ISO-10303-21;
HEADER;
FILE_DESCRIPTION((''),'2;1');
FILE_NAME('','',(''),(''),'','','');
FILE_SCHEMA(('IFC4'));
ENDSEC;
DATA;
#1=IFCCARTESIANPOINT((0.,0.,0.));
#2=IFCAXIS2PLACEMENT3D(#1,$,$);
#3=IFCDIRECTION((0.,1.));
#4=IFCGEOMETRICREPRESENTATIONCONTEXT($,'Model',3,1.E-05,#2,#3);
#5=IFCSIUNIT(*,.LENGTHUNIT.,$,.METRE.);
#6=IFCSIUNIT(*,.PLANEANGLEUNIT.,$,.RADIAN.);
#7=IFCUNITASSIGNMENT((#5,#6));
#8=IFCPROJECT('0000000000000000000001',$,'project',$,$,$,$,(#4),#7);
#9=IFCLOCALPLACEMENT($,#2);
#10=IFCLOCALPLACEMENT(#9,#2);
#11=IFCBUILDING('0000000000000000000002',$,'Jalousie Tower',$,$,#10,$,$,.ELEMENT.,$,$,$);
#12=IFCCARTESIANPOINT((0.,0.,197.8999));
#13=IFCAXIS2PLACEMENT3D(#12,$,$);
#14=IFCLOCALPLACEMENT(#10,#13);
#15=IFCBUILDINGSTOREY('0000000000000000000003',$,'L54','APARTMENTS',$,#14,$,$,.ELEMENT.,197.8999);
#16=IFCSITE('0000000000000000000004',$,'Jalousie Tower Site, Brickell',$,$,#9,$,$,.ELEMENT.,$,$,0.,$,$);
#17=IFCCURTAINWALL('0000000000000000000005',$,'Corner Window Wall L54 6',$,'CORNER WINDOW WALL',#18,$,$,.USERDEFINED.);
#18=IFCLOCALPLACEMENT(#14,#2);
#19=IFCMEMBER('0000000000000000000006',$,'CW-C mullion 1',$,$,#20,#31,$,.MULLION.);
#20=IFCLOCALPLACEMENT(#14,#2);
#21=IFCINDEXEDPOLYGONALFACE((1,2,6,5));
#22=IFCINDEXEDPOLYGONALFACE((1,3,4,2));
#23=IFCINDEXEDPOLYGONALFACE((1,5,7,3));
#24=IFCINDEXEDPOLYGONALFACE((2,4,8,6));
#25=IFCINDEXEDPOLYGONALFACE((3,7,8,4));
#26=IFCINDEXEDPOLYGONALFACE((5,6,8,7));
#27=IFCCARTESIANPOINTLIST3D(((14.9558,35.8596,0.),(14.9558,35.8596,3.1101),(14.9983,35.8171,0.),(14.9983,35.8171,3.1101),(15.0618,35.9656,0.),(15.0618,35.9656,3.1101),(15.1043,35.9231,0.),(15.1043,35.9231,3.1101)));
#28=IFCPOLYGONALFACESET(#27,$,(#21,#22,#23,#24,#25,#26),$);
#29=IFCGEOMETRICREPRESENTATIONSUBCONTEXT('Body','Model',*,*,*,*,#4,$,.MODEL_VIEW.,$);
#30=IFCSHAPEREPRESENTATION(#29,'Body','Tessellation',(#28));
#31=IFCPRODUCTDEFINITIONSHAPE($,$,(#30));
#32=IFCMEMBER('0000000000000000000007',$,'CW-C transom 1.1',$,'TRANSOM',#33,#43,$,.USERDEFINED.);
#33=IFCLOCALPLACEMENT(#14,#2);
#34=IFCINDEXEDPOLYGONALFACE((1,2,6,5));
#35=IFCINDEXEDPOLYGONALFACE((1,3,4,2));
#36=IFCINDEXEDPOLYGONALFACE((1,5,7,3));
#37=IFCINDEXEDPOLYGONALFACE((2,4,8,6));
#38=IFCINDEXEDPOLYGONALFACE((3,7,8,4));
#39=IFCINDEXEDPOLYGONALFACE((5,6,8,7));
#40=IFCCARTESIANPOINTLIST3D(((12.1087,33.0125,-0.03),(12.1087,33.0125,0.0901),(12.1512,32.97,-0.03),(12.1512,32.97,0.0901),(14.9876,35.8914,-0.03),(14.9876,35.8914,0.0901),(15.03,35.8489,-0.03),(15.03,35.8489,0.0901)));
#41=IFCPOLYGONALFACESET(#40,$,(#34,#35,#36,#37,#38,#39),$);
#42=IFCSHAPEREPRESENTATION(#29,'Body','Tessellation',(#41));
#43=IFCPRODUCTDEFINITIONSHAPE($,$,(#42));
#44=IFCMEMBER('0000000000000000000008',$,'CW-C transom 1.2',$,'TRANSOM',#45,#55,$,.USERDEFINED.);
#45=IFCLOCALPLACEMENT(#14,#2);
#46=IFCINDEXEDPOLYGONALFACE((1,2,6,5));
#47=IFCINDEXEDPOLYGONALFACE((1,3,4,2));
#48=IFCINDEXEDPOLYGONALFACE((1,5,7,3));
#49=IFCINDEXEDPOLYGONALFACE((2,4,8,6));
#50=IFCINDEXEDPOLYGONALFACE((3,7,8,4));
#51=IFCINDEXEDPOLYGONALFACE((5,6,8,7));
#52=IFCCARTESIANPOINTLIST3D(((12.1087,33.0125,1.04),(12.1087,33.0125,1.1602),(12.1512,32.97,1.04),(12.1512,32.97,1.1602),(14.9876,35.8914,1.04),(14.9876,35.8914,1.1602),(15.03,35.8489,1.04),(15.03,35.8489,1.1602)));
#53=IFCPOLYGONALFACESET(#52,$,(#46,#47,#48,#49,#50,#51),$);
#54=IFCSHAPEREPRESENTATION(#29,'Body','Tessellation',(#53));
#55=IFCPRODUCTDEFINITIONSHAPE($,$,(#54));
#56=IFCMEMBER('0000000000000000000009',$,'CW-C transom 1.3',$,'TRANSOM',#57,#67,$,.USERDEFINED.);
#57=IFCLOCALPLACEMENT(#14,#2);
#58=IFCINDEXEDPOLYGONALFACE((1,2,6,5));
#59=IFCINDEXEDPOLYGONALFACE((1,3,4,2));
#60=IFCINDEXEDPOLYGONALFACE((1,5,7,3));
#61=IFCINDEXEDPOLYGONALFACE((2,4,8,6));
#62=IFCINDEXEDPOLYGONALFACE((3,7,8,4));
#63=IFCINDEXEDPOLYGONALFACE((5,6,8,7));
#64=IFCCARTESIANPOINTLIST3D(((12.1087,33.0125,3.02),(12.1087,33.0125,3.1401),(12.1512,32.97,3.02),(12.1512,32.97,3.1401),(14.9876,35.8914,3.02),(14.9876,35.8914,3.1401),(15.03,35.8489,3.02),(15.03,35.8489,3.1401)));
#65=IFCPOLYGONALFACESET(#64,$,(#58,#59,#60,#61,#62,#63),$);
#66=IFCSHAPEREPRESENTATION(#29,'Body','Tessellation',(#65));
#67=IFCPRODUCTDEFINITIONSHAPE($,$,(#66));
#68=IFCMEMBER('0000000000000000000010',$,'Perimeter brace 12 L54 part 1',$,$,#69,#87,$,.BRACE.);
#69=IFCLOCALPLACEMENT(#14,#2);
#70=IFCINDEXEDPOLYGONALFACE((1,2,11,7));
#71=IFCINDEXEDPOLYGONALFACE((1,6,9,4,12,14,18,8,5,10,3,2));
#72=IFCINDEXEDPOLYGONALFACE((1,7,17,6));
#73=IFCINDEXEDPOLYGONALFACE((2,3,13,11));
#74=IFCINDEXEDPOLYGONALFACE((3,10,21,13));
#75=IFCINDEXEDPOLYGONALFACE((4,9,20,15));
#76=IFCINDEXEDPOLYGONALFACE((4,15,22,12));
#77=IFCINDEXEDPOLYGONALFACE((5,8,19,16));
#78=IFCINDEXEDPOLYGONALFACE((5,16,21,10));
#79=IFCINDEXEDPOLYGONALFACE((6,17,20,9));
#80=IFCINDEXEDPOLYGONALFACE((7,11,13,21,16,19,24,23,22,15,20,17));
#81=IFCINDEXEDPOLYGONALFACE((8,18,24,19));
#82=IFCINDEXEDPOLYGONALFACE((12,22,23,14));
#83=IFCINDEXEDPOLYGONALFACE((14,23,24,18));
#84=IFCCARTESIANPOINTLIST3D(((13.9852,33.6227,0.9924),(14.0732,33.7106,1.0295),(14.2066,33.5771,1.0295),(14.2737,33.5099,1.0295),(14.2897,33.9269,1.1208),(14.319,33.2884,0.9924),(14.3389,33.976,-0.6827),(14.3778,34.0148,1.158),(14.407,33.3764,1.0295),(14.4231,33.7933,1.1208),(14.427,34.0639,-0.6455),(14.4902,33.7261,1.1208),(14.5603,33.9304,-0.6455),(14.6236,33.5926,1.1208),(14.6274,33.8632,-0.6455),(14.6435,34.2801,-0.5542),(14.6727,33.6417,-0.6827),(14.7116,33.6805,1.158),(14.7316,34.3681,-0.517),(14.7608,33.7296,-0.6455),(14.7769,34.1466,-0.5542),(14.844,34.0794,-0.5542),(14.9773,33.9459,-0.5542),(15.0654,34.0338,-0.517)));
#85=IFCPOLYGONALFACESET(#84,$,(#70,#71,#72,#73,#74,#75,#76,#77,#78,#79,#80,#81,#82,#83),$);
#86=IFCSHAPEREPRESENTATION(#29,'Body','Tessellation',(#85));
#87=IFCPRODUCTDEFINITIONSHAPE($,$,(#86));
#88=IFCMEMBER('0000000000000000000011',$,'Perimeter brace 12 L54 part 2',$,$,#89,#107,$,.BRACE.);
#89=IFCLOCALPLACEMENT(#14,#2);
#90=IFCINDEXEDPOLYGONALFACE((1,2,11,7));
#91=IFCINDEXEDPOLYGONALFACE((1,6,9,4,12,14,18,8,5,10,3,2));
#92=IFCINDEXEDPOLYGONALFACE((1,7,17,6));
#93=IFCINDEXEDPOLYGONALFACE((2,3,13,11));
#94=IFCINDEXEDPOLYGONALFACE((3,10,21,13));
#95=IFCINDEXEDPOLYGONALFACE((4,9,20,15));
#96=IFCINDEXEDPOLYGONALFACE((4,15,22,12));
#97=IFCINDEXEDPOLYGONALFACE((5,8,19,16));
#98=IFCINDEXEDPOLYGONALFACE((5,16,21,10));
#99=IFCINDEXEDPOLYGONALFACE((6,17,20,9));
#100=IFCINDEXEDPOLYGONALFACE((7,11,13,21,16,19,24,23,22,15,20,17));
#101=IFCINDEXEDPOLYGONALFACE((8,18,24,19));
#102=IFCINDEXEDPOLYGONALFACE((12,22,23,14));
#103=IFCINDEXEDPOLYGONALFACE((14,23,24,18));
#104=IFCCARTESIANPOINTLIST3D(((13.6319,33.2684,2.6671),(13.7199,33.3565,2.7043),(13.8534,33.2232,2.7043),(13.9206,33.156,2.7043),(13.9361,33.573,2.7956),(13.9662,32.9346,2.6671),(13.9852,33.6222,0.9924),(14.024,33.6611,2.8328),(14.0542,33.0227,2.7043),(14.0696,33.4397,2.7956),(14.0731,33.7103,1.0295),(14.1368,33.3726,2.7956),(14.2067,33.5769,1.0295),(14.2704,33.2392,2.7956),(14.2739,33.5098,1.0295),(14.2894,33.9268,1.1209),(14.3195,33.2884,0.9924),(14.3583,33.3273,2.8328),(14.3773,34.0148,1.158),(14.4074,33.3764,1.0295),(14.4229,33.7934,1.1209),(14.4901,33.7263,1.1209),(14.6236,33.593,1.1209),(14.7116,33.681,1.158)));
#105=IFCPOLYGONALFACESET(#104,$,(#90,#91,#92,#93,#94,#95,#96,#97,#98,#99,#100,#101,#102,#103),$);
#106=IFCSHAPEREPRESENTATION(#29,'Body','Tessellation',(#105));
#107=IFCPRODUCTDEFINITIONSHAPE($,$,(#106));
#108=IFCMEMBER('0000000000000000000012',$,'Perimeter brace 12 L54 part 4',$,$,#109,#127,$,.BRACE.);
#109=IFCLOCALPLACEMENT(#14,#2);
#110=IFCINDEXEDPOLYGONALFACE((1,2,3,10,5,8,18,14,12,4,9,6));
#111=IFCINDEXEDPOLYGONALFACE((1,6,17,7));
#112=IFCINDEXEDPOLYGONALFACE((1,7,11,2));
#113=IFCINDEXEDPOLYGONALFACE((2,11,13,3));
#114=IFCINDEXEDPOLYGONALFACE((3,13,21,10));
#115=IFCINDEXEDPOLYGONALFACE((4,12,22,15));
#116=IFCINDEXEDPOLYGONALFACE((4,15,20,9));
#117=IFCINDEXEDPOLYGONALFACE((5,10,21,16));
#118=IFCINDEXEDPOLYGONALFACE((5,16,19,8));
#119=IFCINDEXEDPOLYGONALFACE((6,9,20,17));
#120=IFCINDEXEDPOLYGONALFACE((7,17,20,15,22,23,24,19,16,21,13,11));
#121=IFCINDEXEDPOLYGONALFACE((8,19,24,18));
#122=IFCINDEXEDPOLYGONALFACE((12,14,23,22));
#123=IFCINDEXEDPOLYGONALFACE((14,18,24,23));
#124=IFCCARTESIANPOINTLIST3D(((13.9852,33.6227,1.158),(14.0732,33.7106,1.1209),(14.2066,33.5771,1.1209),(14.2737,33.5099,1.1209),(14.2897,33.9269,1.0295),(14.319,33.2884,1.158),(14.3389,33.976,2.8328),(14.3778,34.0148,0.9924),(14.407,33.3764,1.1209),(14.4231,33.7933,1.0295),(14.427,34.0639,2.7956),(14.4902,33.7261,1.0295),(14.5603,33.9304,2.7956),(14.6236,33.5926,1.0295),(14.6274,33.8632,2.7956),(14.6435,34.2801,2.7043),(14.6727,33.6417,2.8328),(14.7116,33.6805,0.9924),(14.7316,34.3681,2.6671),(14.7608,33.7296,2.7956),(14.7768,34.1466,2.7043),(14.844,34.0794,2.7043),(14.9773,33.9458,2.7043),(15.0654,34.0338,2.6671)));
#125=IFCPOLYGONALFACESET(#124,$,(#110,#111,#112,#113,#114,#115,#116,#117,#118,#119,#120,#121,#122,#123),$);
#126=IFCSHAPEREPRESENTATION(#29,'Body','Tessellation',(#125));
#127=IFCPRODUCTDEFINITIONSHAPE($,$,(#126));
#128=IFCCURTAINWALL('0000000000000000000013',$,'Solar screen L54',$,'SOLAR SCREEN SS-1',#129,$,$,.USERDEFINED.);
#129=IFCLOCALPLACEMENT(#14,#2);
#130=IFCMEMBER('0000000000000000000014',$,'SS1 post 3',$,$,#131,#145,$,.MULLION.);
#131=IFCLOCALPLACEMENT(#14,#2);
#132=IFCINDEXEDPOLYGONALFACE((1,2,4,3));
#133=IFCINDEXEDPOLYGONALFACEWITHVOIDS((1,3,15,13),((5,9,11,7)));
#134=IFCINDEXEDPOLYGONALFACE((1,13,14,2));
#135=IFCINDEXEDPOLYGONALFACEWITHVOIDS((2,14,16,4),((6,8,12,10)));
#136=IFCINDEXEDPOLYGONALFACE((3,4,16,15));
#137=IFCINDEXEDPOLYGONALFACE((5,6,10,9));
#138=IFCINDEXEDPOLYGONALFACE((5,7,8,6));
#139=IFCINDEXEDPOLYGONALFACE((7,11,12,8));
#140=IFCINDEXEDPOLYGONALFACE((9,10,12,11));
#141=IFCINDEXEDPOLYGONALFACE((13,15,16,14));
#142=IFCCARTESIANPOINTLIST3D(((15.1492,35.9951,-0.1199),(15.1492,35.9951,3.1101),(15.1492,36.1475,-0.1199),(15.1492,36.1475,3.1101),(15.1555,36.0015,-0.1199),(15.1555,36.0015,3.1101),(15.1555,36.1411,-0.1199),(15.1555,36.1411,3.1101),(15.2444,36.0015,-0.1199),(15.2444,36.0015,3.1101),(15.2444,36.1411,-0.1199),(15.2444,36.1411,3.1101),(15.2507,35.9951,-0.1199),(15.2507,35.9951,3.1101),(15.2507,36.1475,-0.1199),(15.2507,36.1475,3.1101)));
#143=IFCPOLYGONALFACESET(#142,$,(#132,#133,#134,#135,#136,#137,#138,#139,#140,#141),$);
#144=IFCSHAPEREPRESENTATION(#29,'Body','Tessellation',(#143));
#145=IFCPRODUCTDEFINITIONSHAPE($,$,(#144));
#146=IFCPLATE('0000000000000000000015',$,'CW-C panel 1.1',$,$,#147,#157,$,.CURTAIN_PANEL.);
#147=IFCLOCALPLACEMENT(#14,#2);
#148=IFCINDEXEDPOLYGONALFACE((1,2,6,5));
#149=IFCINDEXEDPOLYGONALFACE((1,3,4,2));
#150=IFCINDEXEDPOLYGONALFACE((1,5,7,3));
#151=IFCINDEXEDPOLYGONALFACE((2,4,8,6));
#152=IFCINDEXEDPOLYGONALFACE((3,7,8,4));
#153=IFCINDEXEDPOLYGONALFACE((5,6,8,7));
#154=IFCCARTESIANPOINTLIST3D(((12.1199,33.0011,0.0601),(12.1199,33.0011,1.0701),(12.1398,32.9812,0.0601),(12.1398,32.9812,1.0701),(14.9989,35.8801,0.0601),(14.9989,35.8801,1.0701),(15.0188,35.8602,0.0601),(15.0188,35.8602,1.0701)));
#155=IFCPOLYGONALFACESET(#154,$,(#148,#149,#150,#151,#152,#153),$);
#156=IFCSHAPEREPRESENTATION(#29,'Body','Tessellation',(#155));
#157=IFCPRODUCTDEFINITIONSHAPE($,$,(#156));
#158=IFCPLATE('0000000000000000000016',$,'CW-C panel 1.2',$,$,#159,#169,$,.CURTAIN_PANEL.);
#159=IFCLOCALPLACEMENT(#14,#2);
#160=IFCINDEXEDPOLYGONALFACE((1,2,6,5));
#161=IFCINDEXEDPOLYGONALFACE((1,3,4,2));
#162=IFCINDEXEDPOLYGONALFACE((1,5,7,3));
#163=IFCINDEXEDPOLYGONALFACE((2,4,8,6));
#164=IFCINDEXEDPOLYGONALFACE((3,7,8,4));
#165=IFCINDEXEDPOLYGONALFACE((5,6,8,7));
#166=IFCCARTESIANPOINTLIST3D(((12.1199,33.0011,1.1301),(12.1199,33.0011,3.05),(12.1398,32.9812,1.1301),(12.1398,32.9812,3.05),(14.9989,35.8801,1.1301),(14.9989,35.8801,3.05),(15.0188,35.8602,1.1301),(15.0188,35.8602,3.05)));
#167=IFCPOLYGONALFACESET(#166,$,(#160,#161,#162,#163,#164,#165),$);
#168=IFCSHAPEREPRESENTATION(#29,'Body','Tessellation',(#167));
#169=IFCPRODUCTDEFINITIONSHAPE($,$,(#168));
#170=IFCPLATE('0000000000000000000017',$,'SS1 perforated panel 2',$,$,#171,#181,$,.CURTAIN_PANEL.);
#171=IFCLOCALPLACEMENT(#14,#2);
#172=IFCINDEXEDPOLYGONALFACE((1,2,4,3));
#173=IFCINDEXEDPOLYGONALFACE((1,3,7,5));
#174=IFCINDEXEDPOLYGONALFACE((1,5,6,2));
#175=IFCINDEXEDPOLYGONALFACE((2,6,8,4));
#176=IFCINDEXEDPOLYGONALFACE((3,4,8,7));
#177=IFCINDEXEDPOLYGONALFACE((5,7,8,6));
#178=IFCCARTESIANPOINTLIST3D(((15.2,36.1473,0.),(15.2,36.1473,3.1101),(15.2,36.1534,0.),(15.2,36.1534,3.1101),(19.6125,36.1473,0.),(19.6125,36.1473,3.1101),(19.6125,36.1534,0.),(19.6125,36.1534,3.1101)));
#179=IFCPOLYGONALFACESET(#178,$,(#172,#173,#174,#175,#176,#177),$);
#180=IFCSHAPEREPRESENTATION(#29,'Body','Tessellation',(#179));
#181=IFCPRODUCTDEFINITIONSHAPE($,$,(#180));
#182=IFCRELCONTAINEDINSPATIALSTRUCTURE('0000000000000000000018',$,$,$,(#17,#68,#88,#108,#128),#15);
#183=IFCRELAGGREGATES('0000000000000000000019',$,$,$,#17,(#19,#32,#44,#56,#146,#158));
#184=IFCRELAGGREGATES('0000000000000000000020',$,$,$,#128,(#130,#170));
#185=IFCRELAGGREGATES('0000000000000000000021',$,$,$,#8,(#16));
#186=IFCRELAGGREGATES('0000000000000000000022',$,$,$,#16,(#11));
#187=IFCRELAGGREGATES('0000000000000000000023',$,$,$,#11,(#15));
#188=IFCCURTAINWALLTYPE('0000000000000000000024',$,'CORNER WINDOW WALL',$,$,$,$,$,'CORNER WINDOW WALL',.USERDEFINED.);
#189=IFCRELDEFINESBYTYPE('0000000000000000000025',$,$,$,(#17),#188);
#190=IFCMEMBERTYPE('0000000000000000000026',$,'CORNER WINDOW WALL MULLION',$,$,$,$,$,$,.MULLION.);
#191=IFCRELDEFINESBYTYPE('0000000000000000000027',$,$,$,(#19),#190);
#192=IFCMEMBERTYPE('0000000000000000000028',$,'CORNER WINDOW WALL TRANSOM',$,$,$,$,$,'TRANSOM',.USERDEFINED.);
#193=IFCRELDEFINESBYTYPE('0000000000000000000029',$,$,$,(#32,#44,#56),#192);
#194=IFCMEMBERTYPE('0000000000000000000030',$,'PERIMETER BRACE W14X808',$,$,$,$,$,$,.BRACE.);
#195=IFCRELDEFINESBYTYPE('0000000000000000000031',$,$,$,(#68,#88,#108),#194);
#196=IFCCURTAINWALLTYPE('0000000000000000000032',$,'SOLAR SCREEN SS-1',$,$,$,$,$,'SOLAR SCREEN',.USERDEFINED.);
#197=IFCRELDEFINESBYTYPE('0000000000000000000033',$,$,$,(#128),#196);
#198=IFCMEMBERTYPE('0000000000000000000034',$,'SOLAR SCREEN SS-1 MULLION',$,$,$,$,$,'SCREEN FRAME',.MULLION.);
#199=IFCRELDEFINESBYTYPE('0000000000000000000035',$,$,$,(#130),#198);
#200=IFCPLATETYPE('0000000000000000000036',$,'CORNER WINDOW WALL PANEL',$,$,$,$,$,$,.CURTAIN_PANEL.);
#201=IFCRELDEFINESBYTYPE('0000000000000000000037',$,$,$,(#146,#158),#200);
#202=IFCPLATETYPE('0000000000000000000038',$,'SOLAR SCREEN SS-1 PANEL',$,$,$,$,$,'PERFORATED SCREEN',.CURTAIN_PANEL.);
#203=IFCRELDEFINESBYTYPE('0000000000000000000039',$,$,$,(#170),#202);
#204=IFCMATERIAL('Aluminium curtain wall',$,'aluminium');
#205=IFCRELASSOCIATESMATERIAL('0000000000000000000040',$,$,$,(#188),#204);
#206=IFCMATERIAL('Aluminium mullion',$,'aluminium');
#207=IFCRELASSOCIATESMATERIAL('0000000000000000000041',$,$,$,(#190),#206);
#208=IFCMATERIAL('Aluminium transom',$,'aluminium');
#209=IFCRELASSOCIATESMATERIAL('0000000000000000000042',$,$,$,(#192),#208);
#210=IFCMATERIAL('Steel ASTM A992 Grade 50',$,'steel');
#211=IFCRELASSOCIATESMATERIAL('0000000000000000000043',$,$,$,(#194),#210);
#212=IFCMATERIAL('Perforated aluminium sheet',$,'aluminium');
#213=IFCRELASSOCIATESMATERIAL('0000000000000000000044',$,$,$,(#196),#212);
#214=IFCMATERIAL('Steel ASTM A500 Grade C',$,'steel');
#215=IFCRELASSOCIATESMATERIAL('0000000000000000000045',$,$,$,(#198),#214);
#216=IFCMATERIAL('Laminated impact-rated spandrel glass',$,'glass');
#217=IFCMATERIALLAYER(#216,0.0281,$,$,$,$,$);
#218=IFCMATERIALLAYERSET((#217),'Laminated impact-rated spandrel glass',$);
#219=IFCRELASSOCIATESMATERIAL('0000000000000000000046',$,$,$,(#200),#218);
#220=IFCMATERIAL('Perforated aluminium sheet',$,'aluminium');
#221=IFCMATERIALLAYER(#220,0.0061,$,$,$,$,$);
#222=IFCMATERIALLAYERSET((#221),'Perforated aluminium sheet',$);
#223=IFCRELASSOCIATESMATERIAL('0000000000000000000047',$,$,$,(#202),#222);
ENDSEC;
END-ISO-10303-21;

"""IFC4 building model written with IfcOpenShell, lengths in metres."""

from ifc_helpers import new_model, si_unit, direction, frame, origin, origin_2d, place, context, subcontext, project, spatial, rectangle, hollow_rectangle, i_section, extrude, material, layer, layer_set, material_profile, profile_set, type_object, element, aggregate, save


model = new_model("IFC4")

# Units and contexts
model_context = context("Model", 3, precision=1e-05, world=origin(), true_north=direction((0.0, 1.0)))
body_context = subcontext(model_context, "Body", "Model", "MODEL_VIEW")
ifc_project = project(units=[si_unit("LENGTHUNIT", "METRE"), si_unit("PLANEANGLEUNIT", "RADIAN")], contexts=[model_context])

# Site, building, storey
site_placement = place(None, origin())
site = spatial("IfcSite", under=ifc_project, at=site_placement, Name="Jalousie Tower Site, Brickell", CompositionType="ELEMENT", RefElevation=0.0)
building_placement = place(site_placement, origin())
building = spatial("IfcBuilding", under=site, at=building_placement, Name="Jalousie Tower", CompositionType="ELEMENT")
storey_placement = place(building_placement, frame((0.0, 0.0, 197.8999)))
storey = spatial("IfcBuildingStorey", under=building, at=storey_placement, Name="L54", Description="APARTMENTS", CompositionType="ELEMENT", Elevation=197.8999)

# Curtain wall, members
ifc_material_1 = material(Name="Aluminium curtain wall", Category="aluminium")
curtain_wall_type_1 = type_object("IfcCurtainWallType", Name="CORNER WINDOW WALL", ElementType="CORNER WINDOW WALL", PredefinedType="USERDEFINED", material=ifc_material_1)
curtain_wall_1_placement = place(storey_placement, origin())
curtain_wall_1 = element("IfcCurtainWall", 1, at=curtain_wall_1_placement, inside=storey, type_object=curtain_wall_type_1, Name="Corner Window Wall L54 6", ObjectType="CORNER WINDOW WALL", PredefinedType="USERDEFINED")
ifc_material_2 = material(Name="Aluminium mullion", Category="aluminium")
ifc_material_profile_1 = material_profile(ifc_material_2, rectangle(XDim=0.0601, YDim=0.1499, at=origin_2d()), Name="MULLION 60x150")
ifc_profile_set_1 = profile_set([ifc_material_profile_1], Name="Aluminium mullion")
member_type_1 = type_object("IfcMemberType", Name="CORNER WINDOW WALL MULLION", PredefinedType="MULLION", material=ifc_profile_set_1)
member_1_placement = place(storey_placement, frame((15.03, 35.8914, 0.0), z_axis=(0.0, 0.0, 1.0), x_axis=(0.707107, -0.707107, 0.0)))
member_1 = element("IfcMember", 2, at=member_1_placement, type_object=member_type_1, Name="CW-C mullion 1", PredefinedType="MULLION", context=body_context, shape_type="SweptSolid", body=[
    extrude(rectangle(XDim=0.0601, YDim=0.1499, at=origin_2d()), origin(), (0.0, 0.0, 1.0), 3.1101),
])
ifc_material_3 = material(Name="Aluminium transom", Category="aluminium")
ifc_material_profile_2 = material_profile(ifc_material_3, rectangle(XDim=0.0601, YDim=0.1201, at=origin_2d()), Name="TRANSOM 60x120")
ifc_profile_set_2 = profile_set([ifc_material_profile_2], Name="Aluminium transom")
member_type_2 = type_object("IfcMemberType", Name="CORNER WINDOW WALL TRANSOM", ElementType="TRANSOM", PredefinedType="USERDEFINED", material=ifc_profile_set_2)
member_2_placement = place(storey_placement, frame((15.0088, 35.8701, 0.03), z_axis=(-0.707107, -0.707107, 0.0), x_axis=(0.707107, -0.707107, 0.0)))
member_2 = element("IfcMember", 3, at=member_2_placement, type_object=member_type_2, Name="CW-C transom 1.1", ObjectType="TRANSOM", PredefinedType="USERDEFINED", context=body_context, shape_type="SweptSolid", body=[
    extrude(rectangle(XDim=0.0601, YDim=0.1201, at=origin_2d()), origin(), (0.0, 0.0, 1.0), 4.0713),
])
member_3_placement = place(storey_placement, frame((15.0088, 35.8701, 1.1001), z_axis=(-0.707107, -0.707107, 0.0), x_axis=(0.707107, -0.707107, 0.0)))
member_3 = element("IfcMember", 4, at=member_3_placement, type_object=member_type_2, Name="CW-C transom 1.2", ObjectType="TRANSOM", PredefinedType="USERDEFINED", context=body_context, shape_type="SweptSolid", body=[
    extrude(rectangle(XDim=0.0601, YDim=0.1201, at=origin_2d()), origin(), (0.0, 0.0, 1.0), 4.0713),
])
member_4_placement = place(storey_placement, frame((15.0088, 35.8701, 3.0801), z_axis=(-0.707107, -0.707107, 0.0), x_axis=(0.707107, -0.707107, 0.0)))
member_4 = element("IfcMember", 5, at=member_4_placement, type_object=member_type_2, Name="CW-C transom 1.3", ObjectType="TRANSOM", PredefinedType="USERDEFINED", context=body_context, shape_type="SweptSolid", body=[
    extrude(rectangle(XDim=0.0601, YDim=0.1201, at=origin_2d()), origin(), (0.0, 0.0, 1.0), 4.0713),
])

# Members
ifc_material_4 = material(Name="Steel ASTM A992 Grade 50", Category="steel")
ifc_material_profile_3 = material_profile(ifc_material_4, i_section(OverallWidth=0.4724, OverallDepth=0.5791, WebThickness=0.095, FlangeThickness=0.1299, at=origin_2d()), Name="W14X808")
ifc_profile_set_3 = profile_set([ifc_material_profile_3], Name="Steel ASTM A992 Grade 50")
member_type_3 = type_object("IfcMemberType", Name="PERIMETER BRACE W14X808", PredefinedType="BRACE", material=ifc_profile_set_3)
member_5_placement = place(storey_placement, frame((14.7021, 34.0049, -0.5999), z_axis=(-0.202372, -0.202093, 0.95823), x_axis=(0.706618, -0.707595, 0.0)))
element("IfcMember", 6, at=member_5_placement, inside=storey, type_object=member_type_3, Name="Perimeter brace 12 L54 part 1", PredefinedType="BRACE", context=body_context, shape_type="SweptSolid", body=[
    extrude(i_section(OverallWidth=0.4724, OverallDepth=0.5791, WebThickness=0.095, FlangeThickness=0.1299, at=origin_2d()), origin(), (0.0, 0.0, 1.0), 1.748),
])
for number, where, z_axis, x_axis, name in (
    (7, (14.3484, 33.6516, 1.0752), (-0.20212, -0.202399, 0.958218), (0.707595, -0.706618, 0.0), "Perimeter brace 12 L54 part 2"),
    (8, (14.3484, 33.6516, 1.0752), (0.202399, 0.20212, 0.958218), (-0.706618, 0.707595, 0.0), "Perimeter brace 12 L54 part 4"),
):
    element("IfcMember", number, at=place(storey_placement, frame(where, z_axis=z_axis, x_axis=x_axis)), inside=storey, type_object=member_type_3, Name=name, PredefinedType="BRACE", context=body_context, shape_type="SweptSolid", body=[
        extrude(i_section(OverallWidth=0.4724, OverallDepth=0.5791, WebThickness=0.095, FlangeThickness=0.1299, at=origin_2d()), origin(), (0.0, 0.0, 1.0), 1.7478),
    ])

# Curtain wall, member
ifc_material_5 = material(Name="Perforated aluminium sheet", Category="aluminium")
curtain_wall_type_2 = type_object("IfcCurtainWallType", Name="SOLAR SCREEN SS-1", ElementType="SOLAR SCREEN", PredefinedType="USERDEFINED", material=ifc_material_5)
curtain_wall_2_placement = place(storey_placement, origin())
curtain_wall_2 = element("IfcCurtainWall", 9, at=curtain_wall_2_placement, inside=storey, type_object=curtain_wall_type_2, Name="Solar screen L54", ObjectType="SOLAR SCREEN SS-1", PredefinedType="USERDEFINED")
ifc_material_6 = material(Name="Steel ASTM A500 Grade C", Category="steel")
ifc_material_profile_4 = material_profile(ifc_material_6, hollow_rectangle(XDim=0.1016, YDim=0.1523, WallThickness=0.0063, at=origin_2d()), Name="HSS6X4X1/4")
ifc_profile_set_4 = profile_set([ifc_material_profile_4], Name="Steel ASTM A500 Grade C")
member_type_4 = type_object("IfcMemberType", Name="SOLAR SCREEN SS-1 MULLION", ElementType="SCREEN FRAME", PredefinedType="MULLION", material=ifc_profile_set_4)
member_6_placement = place(storey_placement, frame((15.2, 36.0713, -0.1199), z_axis=(0.0, 0.0, 1.0), x_axis=(-1.0, 0.0, 0.0)))
member_6 = element("IfcMember", 10, at=member_6_placement, type_object=member_type_4, Name="SS1 post 3", PredefinedType="MULLION", context=body_context, shape_type="SweptSolid", body=[
    extrude(hollow_rectangle(XDim=0.1016, YDim=0.1523, WallThickness=0.0063, at=origin_2d()), origin(), (0.0, 0.0, 1.0), 3.23),
])

# Plates
ifc_material_7 = material(Name="Laminated impact-rated spandrel glass", Category="glass")
ifc_layer_1 = layer(ifc_material_7, 0.0281)
ifc_layer_set_1 = layer_set([ifc_layer_1], Name="Laminated impact-rated spandrel glass")
plate_type_1 = type_object("IfcPlateType", Name="CORNER WINDOW WALL PANEL", PredefinedType="CURTAIN_PANEL", material=ifc_layer_set_1)
plate_1_placement = place(storey_placement, frame((13.5693, 34.4307, 0.0601), z_axis=(0.0, 0.0, 1.0), x_axis=(-0.707107, -0.707107, 0.0)))
plate_1 = element("IfcPlate", 11, at=plate_1_placement, type_object=plate_type_1, Name="CW-C panel 1.1", PredefinedType="CURTAIN_PANEL", context=body_context, shape_type="SweptSolid", body=[
    extrude(rectangle(XDim=4.0715, YDim=0.0281, at=origin_2d()), origin(), (0.0, 0.0, 1.0), 1.01),
])
plate_2_placement = place(storey_placement, frame((13.5693, 34.4307, 1.1301), z_axis=(0.0, 0.0, 1.0), x_axis=(-0.707107, -0.707107, 0.0)))
plate_2 = element("IfcPlate", 12, at=plate_2_placement, type_object=plate_type_1, Name="CW-C panel 1.2", PredefinedType="CURTAIN_PANEL", context=body_context, shape_type="SweptSolid", body=[
    extrude(rectangle(XDim=4.0715, YDim=0.0281, at=origin_2d()), origin(), (0.0, 0.0, 1.0), 1.9199),
])
aggregate(curtain_wall_1, [member_1, member_2, member_3, member_4, plate_1, plate_2])
ifc_material_8 = material(Name="Perforated aluminium sheet", Category="aluminium")
ifc_layer_2 = layer(ifc_material_8, 0.0061)
ifc_layer_set_2 = layer_set([ifc_layer_2], Name="Perforated aluminium sheet")
plate_type_2 = type_object("IfcPlateType", Name="SOLAR SCREEN SS-1 PANEL", ElementType="PERFORATED SCREEN", PredefinedType="CURTAIN_PANEL", material=ifc_layer_set_2)
plate_3_placement = place(storey_placement, frame((17.4062, 36.1504, 0.0), z_axis=(0.0, 0.0, 1.0), x_axis=(-1.0, 0.0, 0.0)))
plate_3 = element("IfcPlate", 13, at=plate_3_placement, type_object=plate_type_2, Name="SS1 perforated panel 2", PredefinedType="CURTAIN_PANEL", context=body_context, shape_type="SweptSolid", body=[
    extrude(rectangle(XDim=4.4126, YDim=0.0061, at=origin_2d()), origin(), (0.0, 0.0, 1.0), 3.1101),
])
aggregate(curtain_wall_2, [member_6, plate_3])

save(model, "model.ifc")
